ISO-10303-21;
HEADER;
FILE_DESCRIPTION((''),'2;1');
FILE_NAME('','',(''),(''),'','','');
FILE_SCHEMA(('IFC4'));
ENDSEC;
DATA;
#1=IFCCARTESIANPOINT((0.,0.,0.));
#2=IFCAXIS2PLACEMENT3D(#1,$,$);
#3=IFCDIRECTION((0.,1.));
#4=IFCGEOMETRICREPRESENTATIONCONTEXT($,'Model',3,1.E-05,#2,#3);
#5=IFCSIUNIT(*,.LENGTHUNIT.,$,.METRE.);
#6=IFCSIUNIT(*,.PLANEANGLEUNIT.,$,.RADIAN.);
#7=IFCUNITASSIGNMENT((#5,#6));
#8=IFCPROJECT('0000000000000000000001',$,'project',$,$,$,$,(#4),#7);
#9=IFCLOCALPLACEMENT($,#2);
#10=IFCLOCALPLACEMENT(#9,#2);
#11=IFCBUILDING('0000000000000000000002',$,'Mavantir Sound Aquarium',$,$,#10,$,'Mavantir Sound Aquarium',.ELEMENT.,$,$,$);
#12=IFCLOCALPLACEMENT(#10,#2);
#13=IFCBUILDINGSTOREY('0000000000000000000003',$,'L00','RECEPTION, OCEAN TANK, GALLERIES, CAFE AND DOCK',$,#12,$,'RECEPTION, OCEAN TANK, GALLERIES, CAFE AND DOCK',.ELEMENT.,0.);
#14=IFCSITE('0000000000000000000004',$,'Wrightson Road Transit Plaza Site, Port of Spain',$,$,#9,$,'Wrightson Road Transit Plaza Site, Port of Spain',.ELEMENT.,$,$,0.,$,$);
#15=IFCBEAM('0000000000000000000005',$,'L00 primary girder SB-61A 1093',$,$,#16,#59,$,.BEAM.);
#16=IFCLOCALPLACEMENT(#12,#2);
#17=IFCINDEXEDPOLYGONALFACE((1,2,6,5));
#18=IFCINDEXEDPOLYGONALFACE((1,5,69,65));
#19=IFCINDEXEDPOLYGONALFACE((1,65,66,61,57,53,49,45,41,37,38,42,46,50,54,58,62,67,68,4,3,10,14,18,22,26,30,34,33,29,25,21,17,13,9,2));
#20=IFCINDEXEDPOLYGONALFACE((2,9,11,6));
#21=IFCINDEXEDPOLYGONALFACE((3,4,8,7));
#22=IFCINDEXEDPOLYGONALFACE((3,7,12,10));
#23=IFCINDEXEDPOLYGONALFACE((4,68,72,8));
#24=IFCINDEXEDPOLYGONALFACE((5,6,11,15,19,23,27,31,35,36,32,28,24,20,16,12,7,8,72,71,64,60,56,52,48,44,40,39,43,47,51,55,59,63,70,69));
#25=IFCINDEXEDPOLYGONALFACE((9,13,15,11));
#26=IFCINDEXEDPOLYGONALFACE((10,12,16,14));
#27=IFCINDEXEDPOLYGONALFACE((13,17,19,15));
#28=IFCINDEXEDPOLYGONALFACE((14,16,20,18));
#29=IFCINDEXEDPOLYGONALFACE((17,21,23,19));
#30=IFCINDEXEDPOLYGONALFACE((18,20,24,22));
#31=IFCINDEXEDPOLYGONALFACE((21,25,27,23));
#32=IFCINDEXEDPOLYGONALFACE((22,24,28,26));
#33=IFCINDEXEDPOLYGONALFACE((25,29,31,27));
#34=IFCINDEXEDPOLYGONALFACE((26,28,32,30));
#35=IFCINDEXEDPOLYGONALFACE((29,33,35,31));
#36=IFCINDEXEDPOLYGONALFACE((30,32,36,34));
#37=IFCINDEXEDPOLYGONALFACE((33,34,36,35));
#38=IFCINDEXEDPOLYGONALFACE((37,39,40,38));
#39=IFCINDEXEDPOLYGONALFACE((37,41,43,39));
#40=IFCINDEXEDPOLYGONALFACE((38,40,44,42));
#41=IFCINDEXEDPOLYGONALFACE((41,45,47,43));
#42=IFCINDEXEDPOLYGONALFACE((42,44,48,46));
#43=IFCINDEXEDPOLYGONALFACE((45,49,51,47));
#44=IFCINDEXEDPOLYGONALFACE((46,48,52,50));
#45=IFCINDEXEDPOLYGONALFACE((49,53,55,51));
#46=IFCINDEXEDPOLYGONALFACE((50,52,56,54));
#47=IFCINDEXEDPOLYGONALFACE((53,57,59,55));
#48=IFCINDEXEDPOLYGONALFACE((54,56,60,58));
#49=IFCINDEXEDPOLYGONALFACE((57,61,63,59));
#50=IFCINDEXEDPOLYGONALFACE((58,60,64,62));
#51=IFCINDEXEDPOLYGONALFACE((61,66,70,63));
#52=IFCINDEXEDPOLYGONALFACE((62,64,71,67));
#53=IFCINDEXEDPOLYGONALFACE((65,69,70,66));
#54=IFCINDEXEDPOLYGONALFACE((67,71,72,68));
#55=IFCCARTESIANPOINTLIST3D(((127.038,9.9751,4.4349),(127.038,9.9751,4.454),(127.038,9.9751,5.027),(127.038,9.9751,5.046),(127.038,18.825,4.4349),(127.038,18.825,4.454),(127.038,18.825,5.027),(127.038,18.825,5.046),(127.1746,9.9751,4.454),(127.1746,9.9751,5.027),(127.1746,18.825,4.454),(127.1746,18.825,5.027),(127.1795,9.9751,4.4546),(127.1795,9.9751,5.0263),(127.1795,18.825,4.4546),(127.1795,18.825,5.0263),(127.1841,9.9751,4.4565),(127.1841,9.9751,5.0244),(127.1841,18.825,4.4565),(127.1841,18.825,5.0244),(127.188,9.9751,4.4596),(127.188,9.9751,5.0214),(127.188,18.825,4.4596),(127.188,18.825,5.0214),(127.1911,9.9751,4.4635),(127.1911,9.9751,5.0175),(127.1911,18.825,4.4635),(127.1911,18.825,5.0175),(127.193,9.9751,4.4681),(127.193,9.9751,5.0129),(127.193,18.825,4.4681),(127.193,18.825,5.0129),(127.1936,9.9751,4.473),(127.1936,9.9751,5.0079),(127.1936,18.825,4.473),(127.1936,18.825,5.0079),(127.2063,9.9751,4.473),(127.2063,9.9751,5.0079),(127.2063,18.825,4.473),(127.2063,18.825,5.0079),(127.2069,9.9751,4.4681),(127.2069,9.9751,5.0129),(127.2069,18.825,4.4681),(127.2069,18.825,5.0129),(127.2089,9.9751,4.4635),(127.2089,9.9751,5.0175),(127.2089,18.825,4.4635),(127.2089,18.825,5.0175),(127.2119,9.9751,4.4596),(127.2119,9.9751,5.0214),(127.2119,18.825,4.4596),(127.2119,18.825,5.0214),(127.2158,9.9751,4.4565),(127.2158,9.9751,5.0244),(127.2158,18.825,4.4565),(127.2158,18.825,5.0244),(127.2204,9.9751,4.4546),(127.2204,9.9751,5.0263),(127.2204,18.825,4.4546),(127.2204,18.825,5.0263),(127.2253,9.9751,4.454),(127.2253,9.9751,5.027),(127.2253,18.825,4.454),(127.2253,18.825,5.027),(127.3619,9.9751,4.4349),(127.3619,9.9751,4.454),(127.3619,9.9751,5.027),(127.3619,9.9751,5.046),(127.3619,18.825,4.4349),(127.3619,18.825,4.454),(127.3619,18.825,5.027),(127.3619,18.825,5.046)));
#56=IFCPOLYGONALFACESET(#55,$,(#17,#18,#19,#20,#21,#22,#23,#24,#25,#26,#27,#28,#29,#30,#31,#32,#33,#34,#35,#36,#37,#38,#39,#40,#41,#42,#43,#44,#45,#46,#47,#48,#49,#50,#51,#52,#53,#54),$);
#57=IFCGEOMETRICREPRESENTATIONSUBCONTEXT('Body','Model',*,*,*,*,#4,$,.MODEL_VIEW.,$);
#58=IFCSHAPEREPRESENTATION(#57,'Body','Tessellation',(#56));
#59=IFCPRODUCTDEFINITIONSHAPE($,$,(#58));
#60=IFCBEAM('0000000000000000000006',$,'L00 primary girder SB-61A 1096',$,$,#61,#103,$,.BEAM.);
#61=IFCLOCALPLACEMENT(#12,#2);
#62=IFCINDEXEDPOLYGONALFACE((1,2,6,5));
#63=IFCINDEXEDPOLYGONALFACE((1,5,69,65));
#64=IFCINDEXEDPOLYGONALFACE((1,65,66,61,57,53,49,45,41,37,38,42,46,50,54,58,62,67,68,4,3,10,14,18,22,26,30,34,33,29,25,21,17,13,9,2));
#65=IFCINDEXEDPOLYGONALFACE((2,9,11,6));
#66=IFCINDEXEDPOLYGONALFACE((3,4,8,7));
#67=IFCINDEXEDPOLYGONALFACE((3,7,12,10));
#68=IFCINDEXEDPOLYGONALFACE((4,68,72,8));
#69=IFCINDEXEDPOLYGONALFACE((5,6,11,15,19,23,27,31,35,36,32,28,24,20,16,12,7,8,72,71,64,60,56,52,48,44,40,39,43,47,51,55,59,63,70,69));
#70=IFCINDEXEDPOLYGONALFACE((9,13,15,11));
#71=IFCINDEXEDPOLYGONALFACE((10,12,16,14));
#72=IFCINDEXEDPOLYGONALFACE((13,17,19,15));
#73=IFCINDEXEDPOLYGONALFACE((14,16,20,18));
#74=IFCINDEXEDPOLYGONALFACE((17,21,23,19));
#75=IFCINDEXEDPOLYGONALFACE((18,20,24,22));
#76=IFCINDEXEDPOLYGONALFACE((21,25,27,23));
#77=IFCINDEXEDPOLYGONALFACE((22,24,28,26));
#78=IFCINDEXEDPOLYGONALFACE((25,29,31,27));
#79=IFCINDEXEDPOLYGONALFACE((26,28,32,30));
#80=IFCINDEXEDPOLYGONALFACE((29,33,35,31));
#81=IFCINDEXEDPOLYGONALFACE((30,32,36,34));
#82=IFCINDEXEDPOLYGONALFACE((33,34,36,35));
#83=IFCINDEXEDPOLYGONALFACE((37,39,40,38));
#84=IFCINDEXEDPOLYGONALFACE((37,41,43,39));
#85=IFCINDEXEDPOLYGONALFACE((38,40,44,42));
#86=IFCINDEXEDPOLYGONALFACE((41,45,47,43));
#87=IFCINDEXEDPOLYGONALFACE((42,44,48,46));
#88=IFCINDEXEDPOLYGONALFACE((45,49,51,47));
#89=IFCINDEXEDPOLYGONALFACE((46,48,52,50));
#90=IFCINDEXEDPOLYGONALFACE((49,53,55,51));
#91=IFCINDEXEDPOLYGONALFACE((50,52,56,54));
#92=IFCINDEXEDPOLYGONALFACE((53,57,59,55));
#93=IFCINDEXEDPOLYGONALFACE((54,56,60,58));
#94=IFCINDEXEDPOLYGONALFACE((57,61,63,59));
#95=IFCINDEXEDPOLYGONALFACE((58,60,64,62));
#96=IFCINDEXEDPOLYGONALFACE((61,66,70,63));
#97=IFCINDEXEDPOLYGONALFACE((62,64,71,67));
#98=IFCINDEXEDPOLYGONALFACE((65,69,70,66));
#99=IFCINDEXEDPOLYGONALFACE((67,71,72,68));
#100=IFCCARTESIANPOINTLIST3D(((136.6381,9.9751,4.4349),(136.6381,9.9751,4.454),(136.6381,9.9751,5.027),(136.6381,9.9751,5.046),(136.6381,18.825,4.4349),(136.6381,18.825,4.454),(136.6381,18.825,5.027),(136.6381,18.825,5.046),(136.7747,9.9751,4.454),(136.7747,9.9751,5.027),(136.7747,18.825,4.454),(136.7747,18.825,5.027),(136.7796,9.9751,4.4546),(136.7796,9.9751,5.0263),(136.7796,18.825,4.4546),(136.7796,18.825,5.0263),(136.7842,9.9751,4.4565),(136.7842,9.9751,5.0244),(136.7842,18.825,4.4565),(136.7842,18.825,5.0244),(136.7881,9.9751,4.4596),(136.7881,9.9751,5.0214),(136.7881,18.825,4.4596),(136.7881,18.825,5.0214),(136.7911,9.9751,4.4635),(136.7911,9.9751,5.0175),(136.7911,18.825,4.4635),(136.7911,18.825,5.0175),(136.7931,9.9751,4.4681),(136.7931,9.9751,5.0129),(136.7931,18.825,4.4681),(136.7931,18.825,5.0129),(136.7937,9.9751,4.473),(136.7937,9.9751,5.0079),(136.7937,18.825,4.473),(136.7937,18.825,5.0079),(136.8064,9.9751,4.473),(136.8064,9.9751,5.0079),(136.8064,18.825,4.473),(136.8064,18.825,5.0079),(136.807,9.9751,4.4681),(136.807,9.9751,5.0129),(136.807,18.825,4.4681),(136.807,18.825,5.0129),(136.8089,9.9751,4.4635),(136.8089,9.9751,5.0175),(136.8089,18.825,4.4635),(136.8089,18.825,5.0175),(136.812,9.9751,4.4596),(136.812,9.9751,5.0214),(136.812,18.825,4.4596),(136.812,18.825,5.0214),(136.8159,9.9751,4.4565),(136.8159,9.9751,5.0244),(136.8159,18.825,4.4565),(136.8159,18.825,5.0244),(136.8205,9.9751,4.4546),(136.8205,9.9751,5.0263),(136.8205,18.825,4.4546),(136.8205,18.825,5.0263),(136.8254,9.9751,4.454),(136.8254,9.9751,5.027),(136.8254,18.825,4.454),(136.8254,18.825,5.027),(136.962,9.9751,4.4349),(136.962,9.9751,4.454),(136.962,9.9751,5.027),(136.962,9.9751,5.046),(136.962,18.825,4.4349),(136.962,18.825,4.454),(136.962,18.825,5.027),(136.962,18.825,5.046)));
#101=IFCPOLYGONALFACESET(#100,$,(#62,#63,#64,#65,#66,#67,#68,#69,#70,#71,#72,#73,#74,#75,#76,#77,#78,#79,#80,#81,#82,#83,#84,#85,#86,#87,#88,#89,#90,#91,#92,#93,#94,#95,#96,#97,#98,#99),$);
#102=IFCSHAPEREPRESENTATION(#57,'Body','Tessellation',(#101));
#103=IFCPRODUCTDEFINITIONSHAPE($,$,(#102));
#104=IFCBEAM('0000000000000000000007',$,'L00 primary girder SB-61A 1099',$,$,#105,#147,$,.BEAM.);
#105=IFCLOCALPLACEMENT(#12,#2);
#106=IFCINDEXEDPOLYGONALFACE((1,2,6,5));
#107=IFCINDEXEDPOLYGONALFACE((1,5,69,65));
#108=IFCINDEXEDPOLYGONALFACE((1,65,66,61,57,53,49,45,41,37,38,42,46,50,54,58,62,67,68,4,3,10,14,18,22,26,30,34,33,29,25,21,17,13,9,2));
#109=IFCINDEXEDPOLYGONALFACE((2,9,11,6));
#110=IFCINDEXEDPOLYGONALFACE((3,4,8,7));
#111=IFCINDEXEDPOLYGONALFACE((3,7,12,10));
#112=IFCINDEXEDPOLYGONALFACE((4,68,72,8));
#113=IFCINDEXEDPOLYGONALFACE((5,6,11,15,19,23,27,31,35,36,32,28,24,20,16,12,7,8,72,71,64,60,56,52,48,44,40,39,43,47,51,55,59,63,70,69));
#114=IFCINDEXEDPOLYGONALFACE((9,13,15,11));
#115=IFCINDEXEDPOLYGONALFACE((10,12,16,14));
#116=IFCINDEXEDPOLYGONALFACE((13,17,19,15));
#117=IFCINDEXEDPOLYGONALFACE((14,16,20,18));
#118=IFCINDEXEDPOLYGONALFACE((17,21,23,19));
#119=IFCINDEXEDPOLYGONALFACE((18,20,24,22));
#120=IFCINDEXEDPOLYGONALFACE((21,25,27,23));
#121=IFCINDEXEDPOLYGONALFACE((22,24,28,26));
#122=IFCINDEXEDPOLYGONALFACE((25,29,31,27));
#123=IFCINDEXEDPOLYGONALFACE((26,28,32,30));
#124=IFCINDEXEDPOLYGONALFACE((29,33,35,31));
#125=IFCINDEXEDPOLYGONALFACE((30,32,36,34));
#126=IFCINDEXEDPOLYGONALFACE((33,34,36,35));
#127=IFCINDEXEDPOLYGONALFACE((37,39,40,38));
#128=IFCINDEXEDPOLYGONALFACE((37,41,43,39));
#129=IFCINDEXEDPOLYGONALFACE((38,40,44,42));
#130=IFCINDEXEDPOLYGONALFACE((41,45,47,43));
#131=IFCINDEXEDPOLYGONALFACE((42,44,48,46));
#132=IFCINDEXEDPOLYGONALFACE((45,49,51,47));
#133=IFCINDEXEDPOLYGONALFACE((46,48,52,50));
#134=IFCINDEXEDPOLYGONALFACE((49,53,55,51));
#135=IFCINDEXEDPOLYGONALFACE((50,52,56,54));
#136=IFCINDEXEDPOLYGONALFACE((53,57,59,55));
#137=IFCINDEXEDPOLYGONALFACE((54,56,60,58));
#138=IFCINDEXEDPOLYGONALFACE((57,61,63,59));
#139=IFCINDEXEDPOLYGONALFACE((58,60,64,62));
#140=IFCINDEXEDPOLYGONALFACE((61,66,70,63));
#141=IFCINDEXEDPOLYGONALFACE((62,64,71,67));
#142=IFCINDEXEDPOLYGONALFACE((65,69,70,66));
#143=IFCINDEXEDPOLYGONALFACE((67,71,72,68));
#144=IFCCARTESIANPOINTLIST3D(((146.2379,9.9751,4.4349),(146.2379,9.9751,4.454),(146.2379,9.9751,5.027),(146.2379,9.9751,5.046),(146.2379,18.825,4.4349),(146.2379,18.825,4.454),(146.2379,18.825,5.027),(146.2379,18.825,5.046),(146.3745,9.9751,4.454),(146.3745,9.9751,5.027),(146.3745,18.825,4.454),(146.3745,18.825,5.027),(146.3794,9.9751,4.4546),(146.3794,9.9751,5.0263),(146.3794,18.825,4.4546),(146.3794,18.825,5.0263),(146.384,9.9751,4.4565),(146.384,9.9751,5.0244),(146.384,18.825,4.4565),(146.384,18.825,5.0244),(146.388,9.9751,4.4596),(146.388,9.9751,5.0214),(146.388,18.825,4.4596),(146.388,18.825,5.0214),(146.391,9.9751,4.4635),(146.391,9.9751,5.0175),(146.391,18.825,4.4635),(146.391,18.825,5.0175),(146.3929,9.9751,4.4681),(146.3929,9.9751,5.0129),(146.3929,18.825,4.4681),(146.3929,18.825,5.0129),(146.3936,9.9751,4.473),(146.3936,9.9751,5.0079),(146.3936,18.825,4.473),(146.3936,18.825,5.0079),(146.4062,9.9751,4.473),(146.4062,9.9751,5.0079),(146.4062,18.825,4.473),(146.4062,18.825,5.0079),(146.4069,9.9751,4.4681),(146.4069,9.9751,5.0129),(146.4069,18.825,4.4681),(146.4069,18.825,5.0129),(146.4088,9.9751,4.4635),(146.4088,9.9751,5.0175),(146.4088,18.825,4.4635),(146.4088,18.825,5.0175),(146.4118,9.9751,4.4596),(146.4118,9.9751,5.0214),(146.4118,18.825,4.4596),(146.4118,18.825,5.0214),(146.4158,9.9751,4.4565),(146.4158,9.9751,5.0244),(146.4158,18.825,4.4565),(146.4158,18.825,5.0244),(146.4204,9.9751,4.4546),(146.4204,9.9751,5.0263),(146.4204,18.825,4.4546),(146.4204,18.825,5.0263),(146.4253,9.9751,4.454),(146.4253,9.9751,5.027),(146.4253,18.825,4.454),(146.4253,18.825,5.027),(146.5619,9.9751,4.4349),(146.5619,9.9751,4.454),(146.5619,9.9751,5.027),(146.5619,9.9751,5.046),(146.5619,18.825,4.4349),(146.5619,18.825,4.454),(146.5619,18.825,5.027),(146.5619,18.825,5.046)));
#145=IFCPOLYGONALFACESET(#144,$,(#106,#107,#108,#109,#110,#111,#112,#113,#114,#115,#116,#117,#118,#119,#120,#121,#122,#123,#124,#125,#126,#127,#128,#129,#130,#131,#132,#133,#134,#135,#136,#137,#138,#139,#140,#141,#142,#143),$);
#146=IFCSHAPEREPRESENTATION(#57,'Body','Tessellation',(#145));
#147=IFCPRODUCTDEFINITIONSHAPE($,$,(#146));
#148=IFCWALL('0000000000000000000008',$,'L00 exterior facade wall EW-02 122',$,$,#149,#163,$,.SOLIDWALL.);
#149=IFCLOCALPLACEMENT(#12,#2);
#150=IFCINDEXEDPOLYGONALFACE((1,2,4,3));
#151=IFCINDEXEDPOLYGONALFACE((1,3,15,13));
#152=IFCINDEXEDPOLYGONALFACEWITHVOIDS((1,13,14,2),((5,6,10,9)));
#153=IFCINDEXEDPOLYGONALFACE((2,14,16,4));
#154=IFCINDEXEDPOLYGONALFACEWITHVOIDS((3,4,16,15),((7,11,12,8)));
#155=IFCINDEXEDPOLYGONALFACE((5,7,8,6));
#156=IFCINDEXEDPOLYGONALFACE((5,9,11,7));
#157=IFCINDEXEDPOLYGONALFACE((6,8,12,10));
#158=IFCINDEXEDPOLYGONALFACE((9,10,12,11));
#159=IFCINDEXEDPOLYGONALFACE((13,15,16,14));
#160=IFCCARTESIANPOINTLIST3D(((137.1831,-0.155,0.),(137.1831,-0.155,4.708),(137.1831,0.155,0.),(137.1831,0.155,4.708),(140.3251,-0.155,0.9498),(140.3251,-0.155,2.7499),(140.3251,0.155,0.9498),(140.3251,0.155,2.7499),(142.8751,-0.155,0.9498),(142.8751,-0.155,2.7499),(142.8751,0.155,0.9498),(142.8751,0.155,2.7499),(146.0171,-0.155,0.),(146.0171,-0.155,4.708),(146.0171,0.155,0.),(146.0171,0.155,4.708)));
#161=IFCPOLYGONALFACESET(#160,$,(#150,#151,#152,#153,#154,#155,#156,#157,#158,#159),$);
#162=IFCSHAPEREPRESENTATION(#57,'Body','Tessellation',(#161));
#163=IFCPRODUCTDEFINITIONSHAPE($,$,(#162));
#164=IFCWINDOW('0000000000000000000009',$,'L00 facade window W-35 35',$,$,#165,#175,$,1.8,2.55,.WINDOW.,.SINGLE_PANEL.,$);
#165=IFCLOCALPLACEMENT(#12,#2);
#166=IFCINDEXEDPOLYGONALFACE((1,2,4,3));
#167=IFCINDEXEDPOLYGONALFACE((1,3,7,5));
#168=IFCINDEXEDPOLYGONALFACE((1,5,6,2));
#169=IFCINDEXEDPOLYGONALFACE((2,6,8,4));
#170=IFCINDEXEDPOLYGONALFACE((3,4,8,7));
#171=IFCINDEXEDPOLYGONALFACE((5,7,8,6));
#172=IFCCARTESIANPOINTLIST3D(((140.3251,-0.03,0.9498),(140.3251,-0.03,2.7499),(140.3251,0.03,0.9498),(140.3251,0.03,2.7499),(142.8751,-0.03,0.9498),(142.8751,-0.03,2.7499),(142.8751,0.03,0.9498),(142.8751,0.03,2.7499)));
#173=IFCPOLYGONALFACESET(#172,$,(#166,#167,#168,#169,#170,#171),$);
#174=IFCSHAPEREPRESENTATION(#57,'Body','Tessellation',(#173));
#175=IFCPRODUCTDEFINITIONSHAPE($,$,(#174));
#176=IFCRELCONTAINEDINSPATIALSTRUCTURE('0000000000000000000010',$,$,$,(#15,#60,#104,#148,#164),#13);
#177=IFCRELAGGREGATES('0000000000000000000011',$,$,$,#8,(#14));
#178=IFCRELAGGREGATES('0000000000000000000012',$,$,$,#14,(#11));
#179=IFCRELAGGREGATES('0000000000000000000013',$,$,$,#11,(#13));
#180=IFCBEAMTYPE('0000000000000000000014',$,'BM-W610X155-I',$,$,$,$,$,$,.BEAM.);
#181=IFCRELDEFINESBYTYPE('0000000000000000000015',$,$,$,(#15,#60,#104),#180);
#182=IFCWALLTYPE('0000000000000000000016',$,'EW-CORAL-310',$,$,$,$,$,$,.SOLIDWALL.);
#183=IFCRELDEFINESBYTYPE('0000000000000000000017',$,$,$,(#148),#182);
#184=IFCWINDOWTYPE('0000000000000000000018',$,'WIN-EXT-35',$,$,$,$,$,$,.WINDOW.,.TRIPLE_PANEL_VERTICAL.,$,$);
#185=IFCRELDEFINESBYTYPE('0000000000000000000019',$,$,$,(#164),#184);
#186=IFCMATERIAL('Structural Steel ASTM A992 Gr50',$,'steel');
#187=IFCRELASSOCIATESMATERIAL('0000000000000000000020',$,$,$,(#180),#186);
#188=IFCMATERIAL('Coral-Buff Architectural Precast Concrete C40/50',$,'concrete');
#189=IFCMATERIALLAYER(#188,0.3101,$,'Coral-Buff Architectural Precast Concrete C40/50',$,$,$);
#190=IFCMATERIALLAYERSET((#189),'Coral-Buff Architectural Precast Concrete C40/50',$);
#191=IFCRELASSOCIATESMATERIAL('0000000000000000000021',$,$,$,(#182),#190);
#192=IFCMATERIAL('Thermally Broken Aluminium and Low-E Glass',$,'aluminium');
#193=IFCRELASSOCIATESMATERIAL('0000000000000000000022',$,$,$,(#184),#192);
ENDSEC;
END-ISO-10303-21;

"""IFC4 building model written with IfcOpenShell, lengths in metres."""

from ifc_helpers import new_model, si_unit, direction, frame, frame_2d, origin, origin_2d, place, context, subcontext, project, spatial, rectangle, i_section, extrude, material, layer, layer_set, material_profile, profile_set, type_object, element, fill, save


model = new_model("IFC4")

# Units and contexts
model_context = context("Model", 3, precision=1e-05, world=origin(), true_north=direction((0.0, 1.0)))
body_context = subcontext(model_context, "Body", "Model", "MODEL_VIEW")
ifc_project = project(units=[si_unit("LENGTHUNIT", "METRE"), si_unit("PLANEANGLEUNIT", "RADIAN")], contexts=[model_context])

# Site, building, storey
site_placement = place(None, origin())
site = spatial("IfcSite", under=ifc_project, at=site_placement, Name="Wrightson Road Transit Plaza Site, Port of Spain", LongName="Wrightson Road Transit Plaza Site, Port of Spain", CompositionType="ELEMENT", RefElevation=0.0)
building_placement = place(site_placement, origin())
building = spatial("IfcBuilding", under=site, at=building_placement, Name="Mavantir Sound Aquarium", LongName="Mavantir Sound Aquarium", CompositionType="ELEMENT")
storey_placement = place(building_placement, origin())
storey = spatial("IfcBuildingStorey", under=building, at=storey_placement, Name="L00", Description="RECEPTION, OCEAN TANK, GALLERIES, CAFE AND DOCK", LongName="RECEPTION, OCEAN TANK, GALLERIES, CAFE AND DOCK", CompositionType="ELEMENT", Elevation=0.0)

# Beams
ifc_material_1 = material(Name="Structural Steel ASTM A992 Gr50", Category="steel")
ifc_material_profile_1 = material_profile(ifc_material_1, i_section(OverallWidth=0.324, OverallDepth=0.6111, WebThickness=0.0127, FlangeThickness=0.019, FilletRadius=0.019, at=origin_2d()), Name="W610X155")
ifc_profile_set_1 = profile_set([ifc_material_profile_1], Name="Structural Steel ASTM A992 Gr50")
beam_type_1 = type_object("IfcBeamType", Name="BM-W610X155-I", PredefinedType="BEAM", material=ifc_profile_set_1)
for number, where, z_axis, x_axis, name in (
    (1, (127.2, 9.9751, 4.7405), (0.0, 1.0, 0.0), (-1.0, 0.0, 0.0), "L00 primary girder SB-61A 1093"),
    (2, (136.8, 9.9751, 4.7405), (0.0, 1.0, 0.0), (-1.0, 0.0, 0.0), "L00 primary girder SB-61A 1096"),
    (3, (146.3999, 9.9751, 4.7405), (0.0, 1.0, 0.0), (-1.0, 0.0, 0.0), "L00 primary girder SB-61A 1099"),
):
    element("IfcBeam", number, at=place(storey_placement, frame(where, z_axis=z_axis, x_axis=x_axis)), inside=storey, type_object=beam_type_1, Name=name, PredefinedType="BEAM", context=body_context, shape_type="SweptSolid", body=[
        extrude(i_section(OverallWidth=0.324, OverallDepth=0.6111, WebThickness=0.0127, FlangeThickness=0.019, FilletRadius=0.019, at=origin_2d()), origin(), (0.0, 0.0, 1.0), 8.8499),
    ])

# Wall, opening, window
ifc_material_2 = material(Name="Coral-Buff Architectural Precast Concrete C40/50", Category="concrete")
ifc_layer_1 = layer(ifc_material_2, 0.3101, Name="Coral-Buff Architectural Precast Concrete C40/50")
ifc_layer_set_1 = layer_set([ifc_layer_1], Name="Coral-Buff Architectural Precast Concrete C40/50")
wall_type_1 = type_object("IfcWallType", Name="EW-CORAL-310", PredefinedType="SOLIDWALL", material=ifc_layer_set_1)
wall_1_placement = place(storey_placement, frame((137.1831, 0.0, 0.0), z_axis=(0.0, 0.0, 1.0), x_axis=(1.0, 0.0, 0.0)))
wall_1 = element("IfcWall", 4, at=wall_1_placement, inside=storey, type_object=wall_type_1, Name="L00 exterior facade wall EW-02 122", PredefinedType="SOLIDWALL", context=body_context, shape_type="SweptSolid", body=[
    extrude(rectangle(XDim=8.834, YDim=0.3101, at=frame_2d((4.417, 0.0))), origin(), (0.0, 0.0, 1.0), 4.708),
])
opening_1_placement = place(wall_1_placement, frame((3.1421, 0.0, 0.95)))
opening_1 = element("IfcOpeningElement", 5, at=opening_1_placement, cuts=wall_1, PredefinedType="OPENING", context=body_context, shape_type="SweptSolid", body=[
    extrude(rectangle(XDim=2.55, YDim=1.8, at=frame_2d((1.2749, 0.8999))), frame((0.0, 0.165, 0.0), z_axis=(0.0, -1.0, 0.0), x_axis=(1.0, 0.0, 0.0)), (0.0, 0.0, 1.0), 0.3301),
])
ifc_material_3 = material(Name="Thermally Broken Aluminium and Low-E Glass", Category="aluminium")
window_type_1 = type_object("IfcWindowType", Name="WIN-EXT-35", PartitioningType="TRIPLE_PANEL_VERTICAL", PredefinedType="WINDOW", material=ifc_material_3)
window_1_placement = place(opening_1_placement, origin())
window_1 = element("IfcWindow", 6, at=window_1_placement, inside=storey, type_object=window_type_1, Name="L00 facade window W-35 35", OverallHeight=1.8, OverallWidth=2.55, PartitioningType="SINGLE_PANEL", PredefinedType="WINDOW", context=body_context, shape_type="SweptSolid", body=[
    extrude(rectangle(XDim=2.55, YDim=1.8, at=frame_2d((1.2749, 0.8999))), frame((0.0, 0.03, 0.0), z_axis=(0.0, -1.0, 0.0), x_axis=(1.0, 0.0, 0.0)), (0.0, 0.0, 1.0), 0.0601),
])
fill(opening_1, window_1)

save(model, "model.ifc")
